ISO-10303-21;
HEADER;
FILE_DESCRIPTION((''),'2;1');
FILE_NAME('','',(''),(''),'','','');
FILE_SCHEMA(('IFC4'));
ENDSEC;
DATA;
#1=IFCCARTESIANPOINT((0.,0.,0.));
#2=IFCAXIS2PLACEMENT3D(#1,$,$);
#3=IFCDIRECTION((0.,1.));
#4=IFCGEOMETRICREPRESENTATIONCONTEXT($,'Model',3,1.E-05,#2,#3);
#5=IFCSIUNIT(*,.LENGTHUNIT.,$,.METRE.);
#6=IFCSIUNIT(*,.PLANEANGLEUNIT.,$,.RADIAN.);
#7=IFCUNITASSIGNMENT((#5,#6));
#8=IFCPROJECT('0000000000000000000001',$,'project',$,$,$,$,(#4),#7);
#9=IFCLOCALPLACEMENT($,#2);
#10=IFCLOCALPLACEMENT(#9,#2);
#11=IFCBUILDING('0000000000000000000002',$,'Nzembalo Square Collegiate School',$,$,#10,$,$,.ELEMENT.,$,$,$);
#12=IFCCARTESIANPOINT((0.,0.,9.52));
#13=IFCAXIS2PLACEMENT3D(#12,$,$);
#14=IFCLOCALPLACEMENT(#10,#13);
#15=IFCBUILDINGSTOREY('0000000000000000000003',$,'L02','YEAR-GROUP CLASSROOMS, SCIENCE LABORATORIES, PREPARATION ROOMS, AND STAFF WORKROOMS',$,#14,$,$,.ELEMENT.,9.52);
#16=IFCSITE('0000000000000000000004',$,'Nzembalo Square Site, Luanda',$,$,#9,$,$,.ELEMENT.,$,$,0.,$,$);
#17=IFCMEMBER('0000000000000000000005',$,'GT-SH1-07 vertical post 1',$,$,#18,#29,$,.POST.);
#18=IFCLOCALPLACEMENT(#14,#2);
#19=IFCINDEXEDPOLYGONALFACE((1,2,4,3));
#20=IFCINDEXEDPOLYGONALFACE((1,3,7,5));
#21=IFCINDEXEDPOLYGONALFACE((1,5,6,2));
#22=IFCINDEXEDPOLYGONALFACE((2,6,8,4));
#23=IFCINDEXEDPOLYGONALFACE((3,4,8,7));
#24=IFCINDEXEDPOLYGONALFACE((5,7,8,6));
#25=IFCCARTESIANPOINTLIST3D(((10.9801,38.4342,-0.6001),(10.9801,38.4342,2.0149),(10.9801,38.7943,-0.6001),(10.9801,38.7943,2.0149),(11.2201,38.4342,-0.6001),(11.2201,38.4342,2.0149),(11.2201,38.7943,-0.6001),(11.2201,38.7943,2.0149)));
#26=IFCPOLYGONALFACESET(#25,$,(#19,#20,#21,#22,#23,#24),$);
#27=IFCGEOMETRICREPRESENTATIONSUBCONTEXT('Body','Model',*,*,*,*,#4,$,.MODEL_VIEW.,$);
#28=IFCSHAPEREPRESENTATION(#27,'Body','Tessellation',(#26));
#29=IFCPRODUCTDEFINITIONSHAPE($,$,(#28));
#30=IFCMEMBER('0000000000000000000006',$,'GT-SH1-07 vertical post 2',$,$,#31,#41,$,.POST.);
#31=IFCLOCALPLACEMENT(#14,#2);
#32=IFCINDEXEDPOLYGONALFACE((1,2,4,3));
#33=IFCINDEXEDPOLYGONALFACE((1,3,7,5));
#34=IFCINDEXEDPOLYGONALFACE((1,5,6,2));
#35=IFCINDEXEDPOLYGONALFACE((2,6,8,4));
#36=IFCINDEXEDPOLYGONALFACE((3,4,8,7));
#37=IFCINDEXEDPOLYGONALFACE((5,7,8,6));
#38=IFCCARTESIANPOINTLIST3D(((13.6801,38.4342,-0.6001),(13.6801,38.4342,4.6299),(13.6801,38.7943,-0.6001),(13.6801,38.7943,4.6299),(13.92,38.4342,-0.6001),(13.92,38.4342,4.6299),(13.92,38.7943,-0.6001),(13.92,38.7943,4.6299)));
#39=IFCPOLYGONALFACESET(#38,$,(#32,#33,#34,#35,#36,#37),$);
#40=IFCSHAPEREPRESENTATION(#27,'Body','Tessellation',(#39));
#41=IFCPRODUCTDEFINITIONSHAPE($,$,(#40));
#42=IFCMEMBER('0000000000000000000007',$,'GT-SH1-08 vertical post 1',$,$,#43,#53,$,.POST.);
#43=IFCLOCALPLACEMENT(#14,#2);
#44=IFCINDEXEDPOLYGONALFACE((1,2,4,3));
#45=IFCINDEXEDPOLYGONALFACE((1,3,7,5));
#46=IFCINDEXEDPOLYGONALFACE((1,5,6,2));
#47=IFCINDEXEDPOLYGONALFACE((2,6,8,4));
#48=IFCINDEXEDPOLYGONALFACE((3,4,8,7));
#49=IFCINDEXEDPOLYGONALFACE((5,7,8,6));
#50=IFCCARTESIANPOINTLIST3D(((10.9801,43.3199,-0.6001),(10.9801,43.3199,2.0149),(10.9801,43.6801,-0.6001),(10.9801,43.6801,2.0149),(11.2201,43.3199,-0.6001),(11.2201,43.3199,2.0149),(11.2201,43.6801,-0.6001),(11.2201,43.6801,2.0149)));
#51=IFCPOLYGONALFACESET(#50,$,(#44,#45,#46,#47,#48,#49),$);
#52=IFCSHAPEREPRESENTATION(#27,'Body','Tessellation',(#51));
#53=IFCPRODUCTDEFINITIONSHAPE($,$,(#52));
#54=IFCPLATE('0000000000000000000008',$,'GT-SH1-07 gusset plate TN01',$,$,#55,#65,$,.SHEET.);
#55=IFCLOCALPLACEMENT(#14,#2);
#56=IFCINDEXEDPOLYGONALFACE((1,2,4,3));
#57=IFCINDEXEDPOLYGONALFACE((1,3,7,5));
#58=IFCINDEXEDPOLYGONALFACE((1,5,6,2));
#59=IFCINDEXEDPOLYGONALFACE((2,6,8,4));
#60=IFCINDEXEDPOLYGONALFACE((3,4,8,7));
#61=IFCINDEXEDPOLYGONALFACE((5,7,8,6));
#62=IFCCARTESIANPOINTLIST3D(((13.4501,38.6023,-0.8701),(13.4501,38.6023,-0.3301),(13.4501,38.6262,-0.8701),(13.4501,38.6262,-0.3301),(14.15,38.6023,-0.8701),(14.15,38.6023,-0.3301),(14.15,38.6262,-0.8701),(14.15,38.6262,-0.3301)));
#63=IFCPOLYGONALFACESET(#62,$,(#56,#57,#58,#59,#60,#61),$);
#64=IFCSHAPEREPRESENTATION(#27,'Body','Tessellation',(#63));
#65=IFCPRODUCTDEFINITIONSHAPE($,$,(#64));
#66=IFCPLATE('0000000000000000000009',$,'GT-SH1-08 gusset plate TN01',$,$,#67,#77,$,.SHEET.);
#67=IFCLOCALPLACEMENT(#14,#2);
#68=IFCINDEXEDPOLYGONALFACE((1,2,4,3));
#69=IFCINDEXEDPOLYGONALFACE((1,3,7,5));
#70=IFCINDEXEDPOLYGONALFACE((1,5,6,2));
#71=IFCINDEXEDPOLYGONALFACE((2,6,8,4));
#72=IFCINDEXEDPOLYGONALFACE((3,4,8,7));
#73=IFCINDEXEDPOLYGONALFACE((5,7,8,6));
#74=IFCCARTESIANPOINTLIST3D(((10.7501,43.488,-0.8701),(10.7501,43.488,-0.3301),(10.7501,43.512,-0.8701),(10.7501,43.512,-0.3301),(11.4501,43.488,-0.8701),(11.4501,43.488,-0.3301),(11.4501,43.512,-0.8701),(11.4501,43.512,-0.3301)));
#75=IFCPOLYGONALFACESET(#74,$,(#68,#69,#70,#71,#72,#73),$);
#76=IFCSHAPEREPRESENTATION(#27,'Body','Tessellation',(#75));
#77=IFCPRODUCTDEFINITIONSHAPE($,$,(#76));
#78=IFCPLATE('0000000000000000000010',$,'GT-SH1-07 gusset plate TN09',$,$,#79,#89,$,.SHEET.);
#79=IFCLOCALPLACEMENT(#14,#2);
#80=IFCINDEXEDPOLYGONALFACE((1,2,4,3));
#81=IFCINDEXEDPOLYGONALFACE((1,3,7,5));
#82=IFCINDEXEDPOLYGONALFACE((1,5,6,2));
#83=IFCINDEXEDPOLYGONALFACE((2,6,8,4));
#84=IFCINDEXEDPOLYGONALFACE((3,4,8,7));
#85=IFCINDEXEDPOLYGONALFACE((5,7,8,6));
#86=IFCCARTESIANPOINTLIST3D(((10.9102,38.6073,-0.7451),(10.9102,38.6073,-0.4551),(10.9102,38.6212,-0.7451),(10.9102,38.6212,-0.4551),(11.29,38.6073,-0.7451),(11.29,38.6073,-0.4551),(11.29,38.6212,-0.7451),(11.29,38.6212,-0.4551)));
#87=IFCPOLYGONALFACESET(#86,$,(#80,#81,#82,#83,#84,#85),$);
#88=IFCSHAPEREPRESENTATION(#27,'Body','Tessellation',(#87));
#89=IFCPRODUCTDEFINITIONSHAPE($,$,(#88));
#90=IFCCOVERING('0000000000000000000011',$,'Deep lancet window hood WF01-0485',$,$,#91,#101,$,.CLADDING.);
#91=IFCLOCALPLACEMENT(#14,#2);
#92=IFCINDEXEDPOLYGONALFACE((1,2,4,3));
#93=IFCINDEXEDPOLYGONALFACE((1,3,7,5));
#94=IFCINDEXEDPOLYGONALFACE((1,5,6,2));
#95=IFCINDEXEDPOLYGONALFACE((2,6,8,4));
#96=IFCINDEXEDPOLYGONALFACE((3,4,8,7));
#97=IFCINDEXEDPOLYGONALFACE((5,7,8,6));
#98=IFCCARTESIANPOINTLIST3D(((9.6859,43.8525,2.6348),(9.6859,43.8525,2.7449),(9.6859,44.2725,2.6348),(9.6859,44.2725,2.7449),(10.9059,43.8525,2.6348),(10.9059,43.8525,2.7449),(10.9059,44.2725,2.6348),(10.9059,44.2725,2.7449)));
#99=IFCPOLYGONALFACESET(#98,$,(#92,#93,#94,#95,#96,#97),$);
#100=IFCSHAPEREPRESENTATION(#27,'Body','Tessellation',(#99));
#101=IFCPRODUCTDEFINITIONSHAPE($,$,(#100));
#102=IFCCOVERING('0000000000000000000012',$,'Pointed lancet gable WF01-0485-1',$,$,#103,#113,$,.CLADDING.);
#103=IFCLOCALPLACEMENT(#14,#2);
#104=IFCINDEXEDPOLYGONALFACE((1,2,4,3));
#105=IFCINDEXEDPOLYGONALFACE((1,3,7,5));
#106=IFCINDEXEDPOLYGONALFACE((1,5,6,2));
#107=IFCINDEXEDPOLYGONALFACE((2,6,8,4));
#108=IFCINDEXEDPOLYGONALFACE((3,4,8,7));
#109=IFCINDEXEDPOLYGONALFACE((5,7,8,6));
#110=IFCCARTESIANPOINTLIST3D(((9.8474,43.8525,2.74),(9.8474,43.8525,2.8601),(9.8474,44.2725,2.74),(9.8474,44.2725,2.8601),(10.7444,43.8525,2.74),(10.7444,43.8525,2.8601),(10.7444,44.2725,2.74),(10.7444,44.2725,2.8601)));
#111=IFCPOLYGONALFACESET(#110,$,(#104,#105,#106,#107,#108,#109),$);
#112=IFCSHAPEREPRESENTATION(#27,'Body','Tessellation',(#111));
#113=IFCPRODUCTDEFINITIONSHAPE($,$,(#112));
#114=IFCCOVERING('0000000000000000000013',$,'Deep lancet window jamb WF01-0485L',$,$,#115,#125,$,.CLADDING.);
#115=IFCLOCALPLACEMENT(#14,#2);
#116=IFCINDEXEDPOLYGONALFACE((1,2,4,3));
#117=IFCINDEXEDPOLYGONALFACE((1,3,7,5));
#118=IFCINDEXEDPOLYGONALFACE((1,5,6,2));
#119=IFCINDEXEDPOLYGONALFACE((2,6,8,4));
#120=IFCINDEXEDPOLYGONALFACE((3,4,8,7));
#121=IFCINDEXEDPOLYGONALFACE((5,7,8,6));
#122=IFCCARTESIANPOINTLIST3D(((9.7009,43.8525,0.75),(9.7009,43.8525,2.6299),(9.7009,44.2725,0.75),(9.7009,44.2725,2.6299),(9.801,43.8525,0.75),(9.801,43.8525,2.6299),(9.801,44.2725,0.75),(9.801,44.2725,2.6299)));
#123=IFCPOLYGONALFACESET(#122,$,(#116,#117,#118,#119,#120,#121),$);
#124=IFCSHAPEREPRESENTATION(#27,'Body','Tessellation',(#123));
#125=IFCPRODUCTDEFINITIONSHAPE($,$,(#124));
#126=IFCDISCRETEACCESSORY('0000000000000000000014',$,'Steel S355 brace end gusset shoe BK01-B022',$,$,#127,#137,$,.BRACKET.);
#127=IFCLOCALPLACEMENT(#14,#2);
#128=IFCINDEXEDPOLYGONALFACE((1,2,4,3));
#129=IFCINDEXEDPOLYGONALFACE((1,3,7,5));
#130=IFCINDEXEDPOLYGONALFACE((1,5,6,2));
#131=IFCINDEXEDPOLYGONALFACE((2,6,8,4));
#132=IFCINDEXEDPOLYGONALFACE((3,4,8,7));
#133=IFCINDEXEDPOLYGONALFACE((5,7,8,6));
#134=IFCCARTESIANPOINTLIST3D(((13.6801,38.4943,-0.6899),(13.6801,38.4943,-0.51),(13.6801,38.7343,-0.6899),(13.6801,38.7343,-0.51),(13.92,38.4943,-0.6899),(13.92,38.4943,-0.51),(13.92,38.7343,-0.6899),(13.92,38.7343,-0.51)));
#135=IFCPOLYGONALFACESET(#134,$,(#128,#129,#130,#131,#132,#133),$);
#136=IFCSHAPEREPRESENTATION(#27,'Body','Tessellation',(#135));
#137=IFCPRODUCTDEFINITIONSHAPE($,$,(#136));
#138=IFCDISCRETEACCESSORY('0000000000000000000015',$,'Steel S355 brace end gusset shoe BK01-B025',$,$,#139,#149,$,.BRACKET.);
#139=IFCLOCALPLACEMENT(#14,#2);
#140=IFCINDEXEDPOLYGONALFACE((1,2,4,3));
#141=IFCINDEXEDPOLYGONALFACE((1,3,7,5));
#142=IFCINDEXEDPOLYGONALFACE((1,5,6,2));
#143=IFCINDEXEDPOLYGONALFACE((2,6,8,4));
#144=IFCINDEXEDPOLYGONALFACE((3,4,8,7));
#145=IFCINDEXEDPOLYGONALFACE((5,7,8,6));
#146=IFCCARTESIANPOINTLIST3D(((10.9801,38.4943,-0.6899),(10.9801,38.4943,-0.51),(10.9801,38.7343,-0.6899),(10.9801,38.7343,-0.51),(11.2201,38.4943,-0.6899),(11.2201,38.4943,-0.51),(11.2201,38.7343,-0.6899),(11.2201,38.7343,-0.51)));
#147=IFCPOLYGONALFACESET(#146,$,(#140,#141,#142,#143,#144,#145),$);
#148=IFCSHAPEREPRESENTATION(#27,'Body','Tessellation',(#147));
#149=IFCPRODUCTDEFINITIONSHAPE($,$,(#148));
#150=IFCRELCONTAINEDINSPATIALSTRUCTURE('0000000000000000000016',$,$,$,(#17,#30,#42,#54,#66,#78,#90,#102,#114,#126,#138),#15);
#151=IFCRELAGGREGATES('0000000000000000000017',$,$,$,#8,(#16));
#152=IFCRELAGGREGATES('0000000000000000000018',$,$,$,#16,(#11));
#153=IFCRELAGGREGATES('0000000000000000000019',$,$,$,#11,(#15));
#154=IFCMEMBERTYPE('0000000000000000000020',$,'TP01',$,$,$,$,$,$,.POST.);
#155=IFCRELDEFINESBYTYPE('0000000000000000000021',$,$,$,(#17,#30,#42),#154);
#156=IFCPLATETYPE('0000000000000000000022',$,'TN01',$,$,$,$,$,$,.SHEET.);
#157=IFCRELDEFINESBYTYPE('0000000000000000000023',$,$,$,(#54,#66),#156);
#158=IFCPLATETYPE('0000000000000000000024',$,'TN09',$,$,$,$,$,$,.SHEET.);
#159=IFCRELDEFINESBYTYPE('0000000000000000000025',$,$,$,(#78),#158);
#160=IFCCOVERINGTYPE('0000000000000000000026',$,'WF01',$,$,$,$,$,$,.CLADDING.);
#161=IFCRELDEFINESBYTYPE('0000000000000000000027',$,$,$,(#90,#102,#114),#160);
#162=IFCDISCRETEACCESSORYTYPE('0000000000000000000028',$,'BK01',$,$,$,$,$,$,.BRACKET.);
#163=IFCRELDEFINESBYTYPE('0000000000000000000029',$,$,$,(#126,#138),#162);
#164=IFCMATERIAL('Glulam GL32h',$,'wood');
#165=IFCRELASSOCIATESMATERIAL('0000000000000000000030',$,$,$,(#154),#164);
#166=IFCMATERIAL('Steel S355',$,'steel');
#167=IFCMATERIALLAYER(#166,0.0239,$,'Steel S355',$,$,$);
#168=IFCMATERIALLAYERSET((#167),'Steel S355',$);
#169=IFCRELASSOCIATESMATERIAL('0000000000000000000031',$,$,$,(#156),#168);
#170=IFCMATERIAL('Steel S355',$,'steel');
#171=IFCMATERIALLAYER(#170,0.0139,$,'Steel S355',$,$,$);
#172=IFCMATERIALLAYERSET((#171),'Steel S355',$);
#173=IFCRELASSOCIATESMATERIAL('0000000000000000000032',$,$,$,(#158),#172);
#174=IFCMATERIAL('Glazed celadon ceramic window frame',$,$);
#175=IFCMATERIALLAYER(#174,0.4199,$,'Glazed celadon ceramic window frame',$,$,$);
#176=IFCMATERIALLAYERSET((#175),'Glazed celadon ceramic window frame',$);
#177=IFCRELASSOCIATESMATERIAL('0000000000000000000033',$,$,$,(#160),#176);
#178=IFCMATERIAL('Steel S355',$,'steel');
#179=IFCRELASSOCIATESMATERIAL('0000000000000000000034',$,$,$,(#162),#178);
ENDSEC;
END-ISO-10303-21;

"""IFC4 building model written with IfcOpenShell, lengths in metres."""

from ifc_helpers import new_model, si_unit, direction, frame, origin, origin_2d, place, context, subcontext, project, spatial, rectangle, extrude, material, layer, layer_set, material_profile, profile_set, type_object, element, save


model = new_model("IFC4")

# Units and contexts
model_context = context("Model", 3, precision=1e-05, world=origin(), true_north=direction((0.0, 1.0)))
body_context = subcontext(model_context, "Body", "Model", "MODEL_VIEW")
ifc_project = project(units=[si_unit("LENGTHUNIT", "METRE"), si_unit("PLANEANGLEUNIT", "RADIAN")], contexts=[model_context])

# Site, building, storey
site_placement = place(None, origin())
site = spatial("IfcSite", under=ifc_project, at=site_placement, Name="Nzembalo Square Site, Luanda", CompositionType="ELEMENT", RefElevation=0.0)
building_placement = place(site_placement, origin())
building = spatial("IfcBuilding", under=site, at=building_placement, Name="Nzembalo Square Collegiate School", CompositionType="ELEMENT")
storey_placement = place(building_placement, frame((0.0, 0.0, 9.52)))
storey = spatial("IfcBuildingStorey", under=building, at=storey_placement, Name="L02", Description="YEAR-GROUP CLASSROOMS, SCIENCE LABORATORIES, PREPARATION ROOMS, AND STAFF WORKROOMS", CompositionType="ELEMENT", Elevation=9.52)

# Members
ifc_material_1 = material(Name="Glulam GL32h", Category="wood")
ifc_material_profile_1 = material_profile(ifc_material_1, rectangle(XDim=0.24, YDim=0.3601, at=origin_2d()), Name="GL32h 240x360")
ifc_profile_set_1 = profile_set([ifc_material_profile_1], Name="Glulam GL32h")
member_type_1 = type_object("IfcMemberType", Name="TP01", PredefinedType="POST", material=ifc_profile_set_1)
member_1_placement = place(storey_placement, frame((11.1001, 38.6143, -0.6001), z_axis=(0.0, 0.0, 1.0), x_axis=(1.0, 0.0, 0.0)))
element("IfcMember", 1, at=member_1_placement, inside=storey, type_object=member_type_1, Name="GT-SH1-07 vertical post 1", PredefinedType="POST", context=body_context, shape_type="SweptSolid", body=[
    extrude(rectangle(XDim=0.24, YDim=0.3601, at=origin_2d()), origin(), (0.0, 0.0, 1.0), 2.615),
])
member_2_placement = place(storey_placement, frame((13.8, 38.6143, -0.6001), z_axis=(0.0, 0.0, 1.0), x_axis=(1.0, 0.0, 0.0)))
element("IfcMember", 2, at=member_2_placement, inside=storey, type_object=member_type_1, Name="GT-SH1-07 vertical post 2", PredefinedType="POST", context=body_context, shape_type="SweptSolid", body=[
    extrude(rectangle(XDim=0.24, YDim=0.3601, at=origin_2d()), origin(), (0.0, 0.0, 1.0), 5.23),
])
member_3_placement = place(storey_placement, frame((11.1001, 43.5, -0.6001), z_axis=(0.0, 0.0, 1.0), x_axis=(1.0, 0.0, 0.0)))
element("IfcMember", 3, at=member_3_placement, inside=storey, type_object=member_type_1, Name="GT-SH1-08 vertical post 1", PredefinedType="POST", context=body_context, shape_type="SweptSolid", body=[
    extrude(rectangle(XDim=0.24, YDim=0.3601, at=origin_2d()), origin(), (0.0, 0.0, 1.0), 2.615),
])

# Plates
ifc_material_2 = material(Name="Steel S355", Category="steel")
ifc_layer_1 = layer(ifc_material_2, 0.0239, Name="Steel S355")
ifc_layer_set_1 = layer_set([ifc_layer_1], Name="Steel S355")
plate_type_1 = type_object("IfcPlateType", Name="TN01", PredefinedType="SHEET", material=ifc_layer_set_1)
for number, where, z_axis, x_axis, name in (
    (4, (13.8, 38.6143, -0.8701), (0.0, 0.0, 1.0), (1.0, 0.0, 0.0), "GT-SH1-07 gusset plate TN01"),
    (5, (11.1001, 43.5, -0.8701), (0.0, 0.0, 1.0), (1.0, 0.0, 0.0), "GT-SH1-08 gusset plate TN01"),
):
    element("IfcPlate", number, at=place(storey_placement, frame(where, z_axis=z_axis, x_axis=x_axis)), inside=storey, type_object=plate_type_1, Name=name, PredefinedType="SHEET", context=body_context, shape_type="SweptSolid", body=[
        extrude(rectangle(XDim=0.7, YDim=0.0239, at=origin_2d()), origin(), (0.0, 0.0, 1.0), 0.54),
    ])
ifc_material_3 = material(Name="Steel S355", Category="steel")
ifc_layer_2 = layer(ifc_material_3, 0.0139, Name="Steel S355")
ifc_layer_set_2 = layer_set([ifc_layer_2], Name="Steel S355")
plate_type_2 = type_object("IfcPlateType", Name="TN09", PredefinedType="SHEET", material=ifc_layer_set_2)
plate_placement = place(storey_placement, frame((11.1001, 38.6143, -0.7451), z_axis=(0.0, 0.0, 1.0), x_axis=(1.0, 0.0, 0.0)))
element("IfcPlate", 6, at=plate_placement, inside=storey, type_object=plate_type_2, Name="GT-SH1-07 gusset plate TN09", PredefinedType="SHEET", context=body_context, shape_type="SweptSolid", body=[
    extrude(rectangle(XDim=0.3799, YDim=0.0139, at=origin_2d()), origin(), (0.0, 0.0, 1.0), 0.29),
])

# Coverings
ifc_material_4 = material(Name="Glazed celadon ceramic window frame")
ifc_layer_3 = layer(ifc_material_4, 0.4199, Name="Glazed celadon ceramic window frame")
ifc_layer_set_3 = layer_set([ifc_layer_3], Name="Glazed celadon ceramic window frame")
covering_type = type_object("IfcCoveringType", Name="WF01", PredefinedType="CLADDING", material=ifc_layer_set_3)
covering_1_placement = place(storey_placement, frame((10.2959, 44.0625, 2.6348), z_axis=(0.0, 0.0, 1.0), x_axis=(1.0, 0.0, 0.0)))
element("IfcCovering", 7, at=covering_1_placement, inside=storey, type_object=covering_type, Name="Deep lancet window hood WF01-0485", PredefinedType="CLADDING", context=body_context, shape_type="SweptSolid", body=[
    extrude(rectangle(XDim=1.22, YDim=0.4199, at=origin_2d()), origin(), (0.0, 0.0, 1.0), 0.1101),
])
covering_2_placement = place(storey_placement, frame((10.2959, 44.0625, 2.74), z_axis=(0.0, 0.0, 1.0), x_axis=(1.0, 0.0, 0.0)))
element("IfcCovering", 8, at=covering_2_placement, inside=storey, type_object=covering_type, Name="Pointed lancet gable WF01-0485-1", PredefinedType="CLADDING", context=body_context, shape_type="SweptSolid", body=[
    extrude(rectangle(XDim=0.897, YDim=0.4199, at=origin_2d()), origin(), (0.0, 0.0, 1.0), 0.1201),
])
covering_3_placement = place(storey_placement, frame((9.751, 44.0625, 0.75), z_axis=(0.0, 0.0, 1.0), x_axis=(1.0, 0.0, 0.0)))
element("IfcCovering", 9, at=covering_3_placement, inside=storey, type_object=covering_type, Name="Deep lancet window jamb WF01-0485L", PredefinedType="CLADDING", context=body_context, shape_type="SweptSolid", body=[
    extrude(rectangle(XDim=0.1001, YDim=0.4199, at=origin_2d()), origin(), (0.0, 0.0, 1.0), 1.8799),
])

# Discrete accessories
ifc_material_5 = material(Name="Steel S355", Category="steel")
discrete_accessory_type = type_object("IfcDiscreteAccessoryType", Name="BK01", PredefinedType="BRACKET", material=ifc_material_5)
for number, where, z_axis, x_axis, name in (
    (10, (13.8, 38.6143, -0.6899), (0.0, 0.0, 1.0), (1.0, 0.0, 0.0), "Steel S355 brace end gusset shoe BK01-B022"),
    (11, (11.1001, 38.6143, -0.6899), (0.0, 0.0, 1.0), (1.0, 0.0, 0.0), "Steel S355 brace end gusset shoe BK01-B025"),
):
    element("IfcDiscreteAccessory", number, at=place(storey_placement, frame(where, z_axis=z_axis, x_axis=x_axis)), inside=storey, type_object=discrete_accessory_type, Name=name, PredefinedType="BRACKET", context=body_context, shape_type="SweptSolid", body=[
        extrude(rectangle(XDim=0.24, YDim=0.24, at=origin_2d()), origin(), (0.0, 0.0, 1.0), 0.1799),
    ])

save(model, "model.ifc")
